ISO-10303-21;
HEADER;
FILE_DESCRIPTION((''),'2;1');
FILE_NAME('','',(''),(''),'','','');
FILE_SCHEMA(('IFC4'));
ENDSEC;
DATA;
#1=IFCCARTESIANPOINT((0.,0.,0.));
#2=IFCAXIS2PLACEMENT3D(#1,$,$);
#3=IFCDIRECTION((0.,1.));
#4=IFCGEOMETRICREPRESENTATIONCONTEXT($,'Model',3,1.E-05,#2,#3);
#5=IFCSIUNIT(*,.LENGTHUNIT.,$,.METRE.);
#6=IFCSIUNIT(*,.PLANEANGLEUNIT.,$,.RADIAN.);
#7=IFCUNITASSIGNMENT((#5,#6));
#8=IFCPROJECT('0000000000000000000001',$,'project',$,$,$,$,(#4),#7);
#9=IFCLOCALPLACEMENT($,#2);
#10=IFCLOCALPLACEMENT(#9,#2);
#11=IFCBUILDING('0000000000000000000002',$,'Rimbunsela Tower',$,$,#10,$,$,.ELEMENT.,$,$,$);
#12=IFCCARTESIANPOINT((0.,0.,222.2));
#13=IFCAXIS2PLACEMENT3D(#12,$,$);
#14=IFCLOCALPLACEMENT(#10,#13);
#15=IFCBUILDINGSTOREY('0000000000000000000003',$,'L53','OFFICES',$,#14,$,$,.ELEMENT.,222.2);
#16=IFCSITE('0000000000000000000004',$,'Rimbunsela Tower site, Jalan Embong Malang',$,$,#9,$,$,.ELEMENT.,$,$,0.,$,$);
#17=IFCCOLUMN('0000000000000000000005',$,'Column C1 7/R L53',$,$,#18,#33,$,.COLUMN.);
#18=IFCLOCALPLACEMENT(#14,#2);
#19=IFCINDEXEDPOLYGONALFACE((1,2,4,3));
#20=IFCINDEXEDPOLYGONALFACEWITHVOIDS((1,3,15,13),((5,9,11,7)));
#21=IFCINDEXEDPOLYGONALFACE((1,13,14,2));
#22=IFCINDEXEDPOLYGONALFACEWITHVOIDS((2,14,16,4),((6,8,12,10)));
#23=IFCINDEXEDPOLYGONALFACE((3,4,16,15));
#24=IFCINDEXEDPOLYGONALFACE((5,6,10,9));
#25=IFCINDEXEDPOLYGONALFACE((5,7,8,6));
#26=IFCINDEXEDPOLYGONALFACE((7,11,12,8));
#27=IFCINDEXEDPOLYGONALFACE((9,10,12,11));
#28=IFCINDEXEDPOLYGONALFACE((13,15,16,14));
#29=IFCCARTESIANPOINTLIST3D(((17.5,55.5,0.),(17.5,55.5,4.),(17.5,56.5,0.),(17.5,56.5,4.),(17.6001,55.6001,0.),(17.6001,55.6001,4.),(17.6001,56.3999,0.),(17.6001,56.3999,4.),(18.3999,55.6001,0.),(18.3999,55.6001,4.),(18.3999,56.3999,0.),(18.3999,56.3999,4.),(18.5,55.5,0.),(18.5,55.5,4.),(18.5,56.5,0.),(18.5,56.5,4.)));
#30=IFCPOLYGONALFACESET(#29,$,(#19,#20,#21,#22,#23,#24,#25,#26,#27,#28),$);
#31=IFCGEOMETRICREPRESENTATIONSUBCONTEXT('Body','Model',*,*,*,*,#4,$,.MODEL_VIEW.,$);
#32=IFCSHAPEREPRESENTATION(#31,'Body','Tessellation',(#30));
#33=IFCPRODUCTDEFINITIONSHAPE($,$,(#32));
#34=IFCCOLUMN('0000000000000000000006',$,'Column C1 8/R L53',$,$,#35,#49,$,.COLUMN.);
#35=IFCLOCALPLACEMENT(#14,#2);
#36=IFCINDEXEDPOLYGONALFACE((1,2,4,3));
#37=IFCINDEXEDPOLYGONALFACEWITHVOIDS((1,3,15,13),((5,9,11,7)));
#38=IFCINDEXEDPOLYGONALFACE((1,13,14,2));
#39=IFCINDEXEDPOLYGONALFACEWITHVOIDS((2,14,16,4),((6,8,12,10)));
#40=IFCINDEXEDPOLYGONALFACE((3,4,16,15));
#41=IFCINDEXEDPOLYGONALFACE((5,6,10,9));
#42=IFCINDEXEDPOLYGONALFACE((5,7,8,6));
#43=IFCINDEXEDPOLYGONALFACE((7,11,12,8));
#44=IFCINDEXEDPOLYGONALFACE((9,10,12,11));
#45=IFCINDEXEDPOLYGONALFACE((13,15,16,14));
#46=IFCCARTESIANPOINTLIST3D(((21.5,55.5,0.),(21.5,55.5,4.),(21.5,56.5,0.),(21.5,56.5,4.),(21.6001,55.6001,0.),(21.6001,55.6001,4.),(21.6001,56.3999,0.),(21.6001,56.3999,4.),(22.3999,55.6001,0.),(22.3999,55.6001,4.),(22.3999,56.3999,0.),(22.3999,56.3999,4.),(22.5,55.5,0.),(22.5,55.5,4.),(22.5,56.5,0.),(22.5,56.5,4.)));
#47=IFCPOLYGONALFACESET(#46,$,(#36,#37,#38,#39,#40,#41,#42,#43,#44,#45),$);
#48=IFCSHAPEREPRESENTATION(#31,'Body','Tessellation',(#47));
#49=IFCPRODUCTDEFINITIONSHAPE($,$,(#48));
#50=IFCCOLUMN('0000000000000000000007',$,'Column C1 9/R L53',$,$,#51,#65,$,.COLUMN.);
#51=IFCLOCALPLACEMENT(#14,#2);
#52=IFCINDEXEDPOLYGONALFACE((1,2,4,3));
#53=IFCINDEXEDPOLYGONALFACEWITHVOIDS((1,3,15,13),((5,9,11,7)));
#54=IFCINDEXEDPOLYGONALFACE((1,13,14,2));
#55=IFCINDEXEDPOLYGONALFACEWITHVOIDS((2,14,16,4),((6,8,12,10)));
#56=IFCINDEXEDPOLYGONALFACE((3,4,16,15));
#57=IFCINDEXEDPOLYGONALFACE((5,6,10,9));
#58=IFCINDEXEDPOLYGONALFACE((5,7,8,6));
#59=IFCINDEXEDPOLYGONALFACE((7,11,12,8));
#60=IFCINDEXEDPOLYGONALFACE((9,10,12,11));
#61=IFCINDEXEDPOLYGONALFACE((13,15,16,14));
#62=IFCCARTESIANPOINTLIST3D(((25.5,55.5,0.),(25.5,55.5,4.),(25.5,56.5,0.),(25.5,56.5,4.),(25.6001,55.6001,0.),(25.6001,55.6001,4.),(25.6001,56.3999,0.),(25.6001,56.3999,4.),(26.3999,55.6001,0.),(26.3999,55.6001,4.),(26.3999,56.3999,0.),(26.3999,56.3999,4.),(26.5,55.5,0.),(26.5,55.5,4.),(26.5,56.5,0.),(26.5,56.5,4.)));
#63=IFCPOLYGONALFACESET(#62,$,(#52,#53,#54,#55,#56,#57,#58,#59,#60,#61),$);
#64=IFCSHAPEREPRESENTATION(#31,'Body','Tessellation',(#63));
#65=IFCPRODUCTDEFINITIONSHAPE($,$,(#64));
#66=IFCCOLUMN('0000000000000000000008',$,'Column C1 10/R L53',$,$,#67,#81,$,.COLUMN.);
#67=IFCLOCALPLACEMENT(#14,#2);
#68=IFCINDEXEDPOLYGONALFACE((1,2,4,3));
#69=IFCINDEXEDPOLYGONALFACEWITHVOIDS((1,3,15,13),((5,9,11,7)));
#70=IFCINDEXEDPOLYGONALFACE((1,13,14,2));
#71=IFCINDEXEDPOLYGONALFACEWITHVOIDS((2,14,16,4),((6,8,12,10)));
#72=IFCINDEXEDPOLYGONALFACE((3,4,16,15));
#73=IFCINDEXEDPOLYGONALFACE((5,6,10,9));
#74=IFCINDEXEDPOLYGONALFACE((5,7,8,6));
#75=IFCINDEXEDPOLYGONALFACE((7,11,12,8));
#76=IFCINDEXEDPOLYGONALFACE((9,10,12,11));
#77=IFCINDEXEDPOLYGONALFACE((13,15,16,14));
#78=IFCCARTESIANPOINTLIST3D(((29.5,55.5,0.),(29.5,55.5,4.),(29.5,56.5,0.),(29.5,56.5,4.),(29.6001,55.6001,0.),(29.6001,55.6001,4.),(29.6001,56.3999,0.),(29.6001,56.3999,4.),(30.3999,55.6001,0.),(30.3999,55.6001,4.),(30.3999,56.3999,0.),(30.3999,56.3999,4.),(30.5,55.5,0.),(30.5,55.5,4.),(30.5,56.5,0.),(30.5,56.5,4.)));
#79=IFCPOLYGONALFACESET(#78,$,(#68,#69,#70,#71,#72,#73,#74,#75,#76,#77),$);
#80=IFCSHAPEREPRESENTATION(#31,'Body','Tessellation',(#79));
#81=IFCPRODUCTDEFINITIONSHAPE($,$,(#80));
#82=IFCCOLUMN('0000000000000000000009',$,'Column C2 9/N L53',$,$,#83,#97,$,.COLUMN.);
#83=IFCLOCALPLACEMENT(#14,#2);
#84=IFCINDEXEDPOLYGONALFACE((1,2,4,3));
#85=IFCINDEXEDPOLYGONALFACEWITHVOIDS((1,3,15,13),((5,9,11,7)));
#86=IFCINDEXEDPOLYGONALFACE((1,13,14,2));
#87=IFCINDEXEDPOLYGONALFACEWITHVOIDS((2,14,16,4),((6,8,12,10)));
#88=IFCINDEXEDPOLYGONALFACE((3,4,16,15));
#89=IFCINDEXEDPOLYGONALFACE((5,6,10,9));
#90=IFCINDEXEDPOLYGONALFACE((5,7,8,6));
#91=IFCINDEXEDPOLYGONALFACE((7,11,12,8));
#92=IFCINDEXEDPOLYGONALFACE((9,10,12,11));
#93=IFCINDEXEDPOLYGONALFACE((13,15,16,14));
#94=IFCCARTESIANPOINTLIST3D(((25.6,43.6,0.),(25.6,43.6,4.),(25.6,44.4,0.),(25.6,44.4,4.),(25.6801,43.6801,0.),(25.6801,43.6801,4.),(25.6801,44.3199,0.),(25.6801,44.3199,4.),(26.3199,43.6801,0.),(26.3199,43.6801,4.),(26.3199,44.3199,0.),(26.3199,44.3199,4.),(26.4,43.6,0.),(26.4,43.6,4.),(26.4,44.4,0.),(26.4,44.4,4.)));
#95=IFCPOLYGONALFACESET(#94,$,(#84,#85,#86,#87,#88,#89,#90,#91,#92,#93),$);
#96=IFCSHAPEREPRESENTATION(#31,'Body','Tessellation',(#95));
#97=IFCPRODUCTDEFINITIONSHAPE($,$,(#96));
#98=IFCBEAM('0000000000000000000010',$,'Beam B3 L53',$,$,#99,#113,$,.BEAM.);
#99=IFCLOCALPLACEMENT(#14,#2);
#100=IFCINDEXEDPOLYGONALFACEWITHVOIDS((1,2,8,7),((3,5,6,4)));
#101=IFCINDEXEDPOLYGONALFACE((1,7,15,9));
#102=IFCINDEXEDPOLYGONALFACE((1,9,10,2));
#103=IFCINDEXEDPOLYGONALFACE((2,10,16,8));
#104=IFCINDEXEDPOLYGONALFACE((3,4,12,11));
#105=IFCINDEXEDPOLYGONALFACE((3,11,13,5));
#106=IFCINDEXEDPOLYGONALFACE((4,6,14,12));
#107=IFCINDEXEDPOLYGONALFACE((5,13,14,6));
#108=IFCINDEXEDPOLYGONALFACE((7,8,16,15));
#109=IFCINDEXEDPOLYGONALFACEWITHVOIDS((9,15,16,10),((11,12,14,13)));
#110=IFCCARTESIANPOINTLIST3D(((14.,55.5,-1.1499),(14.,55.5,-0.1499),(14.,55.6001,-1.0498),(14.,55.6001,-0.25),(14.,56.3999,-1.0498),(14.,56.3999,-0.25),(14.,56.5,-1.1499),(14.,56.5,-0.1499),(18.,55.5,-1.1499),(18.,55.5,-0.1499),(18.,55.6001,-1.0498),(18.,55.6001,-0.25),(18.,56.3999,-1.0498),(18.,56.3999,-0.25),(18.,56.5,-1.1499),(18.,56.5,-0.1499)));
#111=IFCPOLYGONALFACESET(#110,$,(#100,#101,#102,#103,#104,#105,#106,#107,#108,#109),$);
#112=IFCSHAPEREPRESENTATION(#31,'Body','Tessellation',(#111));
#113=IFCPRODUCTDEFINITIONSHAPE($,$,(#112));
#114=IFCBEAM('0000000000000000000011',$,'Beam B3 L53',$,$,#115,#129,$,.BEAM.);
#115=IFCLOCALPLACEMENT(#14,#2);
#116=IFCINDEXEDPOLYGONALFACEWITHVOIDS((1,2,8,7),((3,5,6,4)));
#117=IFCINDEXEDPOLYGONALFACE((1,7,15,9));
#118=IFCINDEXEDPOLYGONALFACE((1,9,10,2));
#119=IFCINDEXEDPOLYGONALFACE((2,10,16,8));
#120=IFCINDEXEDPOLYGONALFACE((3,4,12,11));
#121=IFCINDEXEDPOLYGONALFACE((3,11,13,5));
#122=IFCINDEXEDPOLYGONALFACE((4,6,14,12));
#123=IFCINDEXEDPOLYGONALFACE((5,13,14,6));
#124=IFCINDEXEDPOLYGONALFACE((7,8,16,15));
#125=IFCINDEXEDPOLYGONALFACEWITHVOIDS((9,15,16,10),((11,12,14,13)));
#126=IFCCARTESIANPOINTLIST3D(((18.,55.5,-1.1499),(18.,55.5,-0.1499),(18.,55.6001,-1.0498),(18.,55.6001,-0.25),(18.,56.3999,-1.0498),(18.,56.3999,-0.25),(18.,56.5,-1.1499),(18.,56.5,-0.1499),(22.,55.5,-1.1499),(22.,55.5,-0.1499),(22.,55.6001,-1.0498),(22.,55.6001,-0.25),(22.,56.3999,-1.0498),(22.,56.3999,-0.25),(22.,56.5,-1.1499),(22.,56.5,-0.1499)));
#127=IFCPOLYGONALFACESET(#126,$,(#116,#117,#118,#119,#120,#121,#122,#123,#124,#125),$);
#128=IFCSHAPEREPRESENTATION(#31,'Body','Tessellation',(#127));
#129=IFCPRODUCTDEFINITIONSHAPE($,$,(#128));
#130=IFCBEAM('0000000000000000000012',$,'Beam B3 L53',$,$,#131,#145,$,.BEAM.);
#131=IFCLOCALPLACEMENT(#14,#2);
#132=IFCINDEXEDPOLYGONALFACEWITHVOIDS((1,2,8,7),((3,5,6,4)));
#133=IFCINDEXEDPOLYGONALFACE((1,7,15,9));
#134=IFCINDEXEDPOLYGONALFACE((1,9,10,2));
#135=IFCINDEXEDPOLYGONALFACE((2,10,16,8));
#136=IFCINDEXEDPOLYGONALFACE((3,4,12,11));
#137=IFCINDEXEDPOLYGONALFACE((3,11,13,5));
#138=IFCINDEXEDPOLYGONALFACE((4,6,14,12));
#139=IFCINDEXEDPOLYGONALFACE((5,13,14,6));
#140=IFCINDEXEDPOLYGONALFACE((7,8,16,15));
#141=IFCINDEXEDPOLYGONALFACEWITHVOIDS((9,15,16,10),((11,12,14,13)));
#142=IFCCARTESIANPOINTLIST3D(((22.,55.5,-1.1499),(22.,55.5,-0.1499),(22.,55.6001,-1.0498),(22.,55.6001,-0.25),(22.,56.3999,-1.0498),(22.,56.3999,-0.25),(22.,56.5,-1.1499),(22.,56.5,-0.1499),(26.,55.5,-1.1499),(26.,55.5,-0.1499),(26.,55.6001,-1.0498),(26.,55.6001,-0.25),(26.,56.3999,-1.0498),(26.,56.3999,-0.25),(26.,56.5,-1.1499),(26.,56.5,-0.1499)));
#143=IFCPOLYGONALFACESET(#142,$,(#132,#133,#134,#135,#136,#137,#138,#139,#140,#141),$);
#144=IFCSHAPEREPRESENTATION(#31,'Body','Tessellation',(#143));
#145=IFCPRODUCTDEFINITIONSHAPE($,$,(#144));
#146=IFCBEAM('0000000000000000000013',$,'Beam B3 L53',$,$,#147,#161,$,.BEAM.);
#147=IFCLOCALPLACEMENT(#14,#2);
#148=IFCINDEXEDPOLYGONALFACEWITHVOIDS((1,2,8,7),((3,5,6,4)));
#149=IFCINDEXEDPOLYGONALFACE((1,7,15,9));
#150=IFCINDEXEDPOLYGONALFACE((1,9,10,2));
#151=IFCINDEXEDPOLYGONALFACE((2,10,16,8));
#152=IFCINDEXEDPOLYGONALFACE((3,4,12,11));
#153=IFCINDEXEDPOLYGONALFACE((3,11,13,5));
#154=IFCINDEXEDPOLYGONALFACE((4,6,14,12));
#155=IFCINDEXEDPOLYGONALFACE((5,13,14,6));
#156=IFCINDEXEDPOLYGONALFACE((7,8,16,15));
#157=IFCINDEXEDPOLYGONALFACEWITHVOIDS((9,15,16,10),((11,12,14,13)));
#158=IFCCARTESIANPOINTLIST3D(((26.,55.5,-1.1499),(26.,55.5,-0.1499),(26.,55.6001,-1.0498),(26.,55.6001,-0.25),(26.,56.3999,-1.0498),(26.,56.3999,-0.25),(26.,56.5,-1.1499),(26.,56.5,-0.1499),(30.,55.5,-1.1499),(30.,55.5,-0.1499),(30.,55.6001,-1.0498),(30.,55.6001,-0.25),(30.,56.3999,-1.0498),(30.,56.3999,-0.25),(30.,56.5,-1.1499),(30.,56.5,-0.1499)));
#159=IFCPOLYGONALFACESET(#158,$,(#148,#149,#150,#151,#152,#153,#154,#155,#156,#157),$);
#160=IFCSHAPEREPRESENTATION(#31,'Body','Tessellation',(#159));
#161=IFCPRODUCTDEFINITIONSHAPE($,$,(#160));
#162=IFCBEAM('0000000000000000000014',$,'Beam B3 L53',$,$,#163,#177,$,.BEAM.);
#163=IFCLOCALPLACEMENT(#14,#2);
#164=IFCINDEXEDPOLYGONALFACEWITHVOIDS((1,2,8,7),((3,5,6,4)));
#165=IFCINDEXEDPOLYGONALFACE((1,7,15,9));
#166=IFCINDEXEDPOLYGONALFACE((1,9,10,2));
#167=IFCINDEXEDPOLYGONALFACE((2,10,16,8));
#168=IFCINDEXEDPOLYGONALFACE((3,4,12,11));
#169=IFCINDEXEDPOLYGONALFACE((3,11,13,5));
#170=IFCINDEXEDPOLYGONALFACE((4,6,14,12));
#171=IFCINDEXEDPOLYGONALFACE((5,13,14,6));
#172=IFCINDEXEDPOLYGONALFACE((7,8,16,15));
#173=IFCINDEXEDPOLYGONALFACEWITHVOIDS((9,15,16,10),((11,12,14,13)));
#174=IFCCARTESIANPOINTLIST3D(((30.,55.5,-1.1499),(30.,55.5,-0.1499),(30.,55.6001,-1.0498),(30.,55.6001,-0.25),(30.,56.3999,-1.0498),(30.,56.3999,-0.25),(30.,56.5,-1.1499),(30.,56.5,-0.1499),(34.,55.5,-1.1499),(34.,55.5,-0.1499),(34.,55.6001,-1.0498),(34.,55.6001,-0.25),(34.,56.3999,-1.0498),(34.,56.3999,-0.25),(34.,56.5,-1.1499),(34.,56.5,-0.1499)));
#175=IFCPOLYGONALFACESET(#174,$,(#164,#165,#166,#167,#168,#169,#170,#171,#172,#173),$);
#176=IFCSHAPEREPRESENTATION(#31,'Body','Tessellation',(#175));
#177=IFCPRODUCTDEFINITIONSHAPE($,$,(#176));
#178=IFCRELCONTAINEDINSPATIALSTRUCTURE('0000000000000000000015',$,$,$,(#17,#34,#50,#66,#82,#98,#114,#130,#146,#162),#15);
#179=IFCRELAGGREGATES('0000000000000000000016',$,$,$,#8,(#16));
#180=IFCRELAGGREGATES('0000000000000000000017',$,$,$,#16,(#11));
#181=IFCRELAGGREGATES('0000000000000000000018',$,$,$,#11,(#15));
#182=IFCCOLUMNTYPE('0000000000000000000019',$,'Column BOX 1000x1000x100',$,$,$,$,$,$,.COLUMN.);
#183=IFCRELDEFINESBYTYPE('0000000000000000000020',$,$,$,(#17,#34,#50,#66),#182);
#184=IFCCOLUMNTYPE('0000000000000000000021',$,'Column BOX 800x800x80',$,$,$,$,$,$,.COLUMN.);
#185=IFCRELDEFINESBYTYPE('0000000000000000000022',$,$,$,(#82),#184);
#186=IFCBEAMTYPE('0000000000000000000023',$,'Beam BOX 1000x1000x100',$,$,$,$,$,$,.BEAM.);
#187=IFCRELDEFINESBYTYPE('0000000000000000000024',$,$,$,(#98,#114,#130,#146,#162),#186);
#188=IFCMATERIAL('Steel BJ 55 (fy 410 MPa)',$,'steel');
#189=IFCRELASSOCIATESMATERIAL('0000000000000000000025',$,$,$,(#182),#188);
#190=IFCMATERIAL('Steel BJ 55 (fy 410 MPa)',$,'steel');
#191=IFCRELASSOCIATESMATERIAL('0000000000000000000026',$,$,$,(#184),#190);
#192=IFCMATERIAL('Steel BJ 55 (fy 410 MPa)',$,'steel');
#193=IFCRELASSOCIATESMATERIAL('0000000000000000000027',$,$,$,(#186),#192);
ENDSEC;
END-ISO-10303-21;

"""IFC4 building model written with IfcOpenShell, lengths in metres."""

from ifc_helpers import new_model, si_unit, direction, frame, origin, origin_2d, place, context, subcontext, project, spatial, hollow_rectangle, extrude, material, material_profile, profile_set, type_object, element, save


model = new_model("IFC4")

# Units and contexts
model_context = context("Model", 3, precision=1e-05, world=origin(), true_north=direction((0.0, 1.0)))
body_context = subcontext(model_context, "Body", "Model", "MODEL_VIEW")
ifc_project = project(units=[si_unit("LENGTHUNIT", "METRE"), si_unit("PLANEANGLEUNIT", "RADIAN")], contexts=[model_context])

# Site, building, storey
site_placement = place(None, origin())
site = spatial("IfcSite", under=ifc_project, at=site_placement, Name="Rimbunsela Tower site, Jalan Embong Malang", CompositionType="ELEMENT", RefElevation=0.0)
building_placement = place(site_placement, origin())
building = spatial("IfcBuilding", under=site, at=building_placement, Name="Rimbunsela Tower", CompositionType="ELEMENT")
storey_placement = place(building_placement, frame((0.0, 0.0, 222.2)))
storey = spatial("IfcBuildingStorey", under=building, at=storey_placement, Name="L53", Description="OFFICES", CompositionType="ELEMENT", Elevation=222.2)

# Columns
ifc_material_1 = material(Name="Steel BJ 55 (fy 410 MPa)", Category="steel")
ifc_material_profile_1 = material_profile(ifc_material_1, hollow_rectangle(XDim=1.0, YDim=1.0, WallThickness=0.1001, at=origin_2d()), Name="BOX 1000x1000x100")
ifc_profile_set_1 = profile_set([ifc_material_profile_1], Name="Steel BJ 55 (fy 410 MPa)")
column_type_1 = type_object("IfcColumnType", Name="Column BOX 1000x1000x100", PredefinedType="COLUMN", material=ifc_profile_set_1)
for number, where, z_axis, x_axis, name in (
    (1, (18.0, 56.0, 0.0), (0.0, 0.0, 1.0), (1.0, 0.0, 0.0), "Column C1 7/R L53"),
    (2, (22.0, 56.0, 0.0), (0.0, 0.0, 1.0), (1.0, 0.0, 0.0), "Column C1 8/R L53"),
    (3, (26.0, 56.0, 0.0), (0.0, 0.0, 1.0), (1.0, 0.0, 0.0), "Column C1 9/R L53"),
    (4, (30.0, 56.0, 0.0), (0.0, 0.0, 1.0), (1.0, 0.0, 0.0), "Column C1 10/R L53"),
):
    element("IfcColumn", number, at=place(storey_placement, frame(where, z_axis=z_axis, x_axis=x_axis)), inside=storey, type_object=column_type_1, Name=name, PredefinedType="COLUMN", context=body_context, shape_type="SweptSolid", body=[
        extrude(hollow_rectangle(XDim=1.0, YDim=1.0, WallThickness=0.1001, at=origin_2d()), origin(), (0.0, 0.0, 1.0), 4.0),
    ])
ifc_material_2 = material(Name="Steel BJ 55 (fy 410 MPa)", Category="steel")
ifc_material_profile_2 = material_profile(ifc_material_2, hollow_rectangle(XDim=0.8, YDim=0.8, WallThickness=0.0801, at=origin_2d()), Name="BOX 800x800x80")
ifc_profile_set_2 = profile_set([ifc_material_profile_2], Name="Steel BJ 55 (fy 410 MPa)")
column_type_2 = type_object("IfcColumnType", Name="Column BOX 800x800x80", PredefinedType="COLUMN", material=ifc_profile_set_2)
column_placement = place(storey_placement, frame((26.0, 44.0, 0.0), z_axis=(0.0, 0.0, 1.0), x_axis=(1.0, 0.0, 0.0)))
element("IfcColumn", 5, at=column_placement, inside=storey, type_object=column_type_2, Name="Column C2 9/N L53", PredefinedType="COLUMN", context=body_context, shape_type="SweptSolid", body=[
    extrude(hollow_rectangle(XDim=0.8, YDim=0.8, WallThickness=0.0801, at=origin_2d()), origin(), (0.0, 0.0, 1.0), 4.0),
])

# Beams
ifc_material_3 = material(Name="Steel BJ 55 (fy 410 MPa)", Category="steel")
ifc_material_profile_3 = material_profile(ifc_material_3, hollow_rectangle(XDim=1.0, YDim=1.0, WallThickness=0.1001, at=origin_2d()), Name="BOX 1000x1000x100")
ifc_profile_set_3 = profile_set([ifc_material_profile_3], Name="Steel BJ 55 (fy 410 MPa)")
beam_type_1 = type_object("IfcBeamType", Name="Beam BOX 1000x1000x100", PredefinedType="BEAM", material=ifc_profile_set_3)
for number, where, z_axis, x_axis, name in (
    (6, (14.0, 56.0, -0.6499), (1.0, 0.0, 0.0), (0.0, 1.0, 0.0), "Beam B3 L53"),
    (7, (18.0, 56.0, -0.6499), (1.0, 0.0, 0.0), (0.0, 1.0, 0.0), "Beam B3 L53"),
    (8, (22.0, 56.0, -0.6499), (1.0, 0.0, 0.0), (0.0, 1.0, 0.0), "Beam B3 L53"),
    (9, (26.0, 56.0, -0.6499), (1.0, 0.0, 0.0), (0.0, 1.0, 0.0), "Beam B3 L53"),
    (10, (30.0, 56.0, -0.6499), (1.0, 0.0, 0.0), (0.0, 1.0, 0.0), "Beam B3 L53"),
):
    element("IfcBeam", number, at=place(storey_placement, frame(where, z_axis=z_axis, x_axis=x_axis)), inside=storey, type_object=beam_type_1, Name=name, PredefinedType="BEAM", context=body_context, shape_type="SweptSolid", body=[
        extrude(hollow_rectangle(XDim=1.0, YDim=1.0, WallThickness=0.1001, at=origin_2d()), origin(), (0.0, 0.0, 1.0), 4.0),
    ])

save(model, "model.ifc")
